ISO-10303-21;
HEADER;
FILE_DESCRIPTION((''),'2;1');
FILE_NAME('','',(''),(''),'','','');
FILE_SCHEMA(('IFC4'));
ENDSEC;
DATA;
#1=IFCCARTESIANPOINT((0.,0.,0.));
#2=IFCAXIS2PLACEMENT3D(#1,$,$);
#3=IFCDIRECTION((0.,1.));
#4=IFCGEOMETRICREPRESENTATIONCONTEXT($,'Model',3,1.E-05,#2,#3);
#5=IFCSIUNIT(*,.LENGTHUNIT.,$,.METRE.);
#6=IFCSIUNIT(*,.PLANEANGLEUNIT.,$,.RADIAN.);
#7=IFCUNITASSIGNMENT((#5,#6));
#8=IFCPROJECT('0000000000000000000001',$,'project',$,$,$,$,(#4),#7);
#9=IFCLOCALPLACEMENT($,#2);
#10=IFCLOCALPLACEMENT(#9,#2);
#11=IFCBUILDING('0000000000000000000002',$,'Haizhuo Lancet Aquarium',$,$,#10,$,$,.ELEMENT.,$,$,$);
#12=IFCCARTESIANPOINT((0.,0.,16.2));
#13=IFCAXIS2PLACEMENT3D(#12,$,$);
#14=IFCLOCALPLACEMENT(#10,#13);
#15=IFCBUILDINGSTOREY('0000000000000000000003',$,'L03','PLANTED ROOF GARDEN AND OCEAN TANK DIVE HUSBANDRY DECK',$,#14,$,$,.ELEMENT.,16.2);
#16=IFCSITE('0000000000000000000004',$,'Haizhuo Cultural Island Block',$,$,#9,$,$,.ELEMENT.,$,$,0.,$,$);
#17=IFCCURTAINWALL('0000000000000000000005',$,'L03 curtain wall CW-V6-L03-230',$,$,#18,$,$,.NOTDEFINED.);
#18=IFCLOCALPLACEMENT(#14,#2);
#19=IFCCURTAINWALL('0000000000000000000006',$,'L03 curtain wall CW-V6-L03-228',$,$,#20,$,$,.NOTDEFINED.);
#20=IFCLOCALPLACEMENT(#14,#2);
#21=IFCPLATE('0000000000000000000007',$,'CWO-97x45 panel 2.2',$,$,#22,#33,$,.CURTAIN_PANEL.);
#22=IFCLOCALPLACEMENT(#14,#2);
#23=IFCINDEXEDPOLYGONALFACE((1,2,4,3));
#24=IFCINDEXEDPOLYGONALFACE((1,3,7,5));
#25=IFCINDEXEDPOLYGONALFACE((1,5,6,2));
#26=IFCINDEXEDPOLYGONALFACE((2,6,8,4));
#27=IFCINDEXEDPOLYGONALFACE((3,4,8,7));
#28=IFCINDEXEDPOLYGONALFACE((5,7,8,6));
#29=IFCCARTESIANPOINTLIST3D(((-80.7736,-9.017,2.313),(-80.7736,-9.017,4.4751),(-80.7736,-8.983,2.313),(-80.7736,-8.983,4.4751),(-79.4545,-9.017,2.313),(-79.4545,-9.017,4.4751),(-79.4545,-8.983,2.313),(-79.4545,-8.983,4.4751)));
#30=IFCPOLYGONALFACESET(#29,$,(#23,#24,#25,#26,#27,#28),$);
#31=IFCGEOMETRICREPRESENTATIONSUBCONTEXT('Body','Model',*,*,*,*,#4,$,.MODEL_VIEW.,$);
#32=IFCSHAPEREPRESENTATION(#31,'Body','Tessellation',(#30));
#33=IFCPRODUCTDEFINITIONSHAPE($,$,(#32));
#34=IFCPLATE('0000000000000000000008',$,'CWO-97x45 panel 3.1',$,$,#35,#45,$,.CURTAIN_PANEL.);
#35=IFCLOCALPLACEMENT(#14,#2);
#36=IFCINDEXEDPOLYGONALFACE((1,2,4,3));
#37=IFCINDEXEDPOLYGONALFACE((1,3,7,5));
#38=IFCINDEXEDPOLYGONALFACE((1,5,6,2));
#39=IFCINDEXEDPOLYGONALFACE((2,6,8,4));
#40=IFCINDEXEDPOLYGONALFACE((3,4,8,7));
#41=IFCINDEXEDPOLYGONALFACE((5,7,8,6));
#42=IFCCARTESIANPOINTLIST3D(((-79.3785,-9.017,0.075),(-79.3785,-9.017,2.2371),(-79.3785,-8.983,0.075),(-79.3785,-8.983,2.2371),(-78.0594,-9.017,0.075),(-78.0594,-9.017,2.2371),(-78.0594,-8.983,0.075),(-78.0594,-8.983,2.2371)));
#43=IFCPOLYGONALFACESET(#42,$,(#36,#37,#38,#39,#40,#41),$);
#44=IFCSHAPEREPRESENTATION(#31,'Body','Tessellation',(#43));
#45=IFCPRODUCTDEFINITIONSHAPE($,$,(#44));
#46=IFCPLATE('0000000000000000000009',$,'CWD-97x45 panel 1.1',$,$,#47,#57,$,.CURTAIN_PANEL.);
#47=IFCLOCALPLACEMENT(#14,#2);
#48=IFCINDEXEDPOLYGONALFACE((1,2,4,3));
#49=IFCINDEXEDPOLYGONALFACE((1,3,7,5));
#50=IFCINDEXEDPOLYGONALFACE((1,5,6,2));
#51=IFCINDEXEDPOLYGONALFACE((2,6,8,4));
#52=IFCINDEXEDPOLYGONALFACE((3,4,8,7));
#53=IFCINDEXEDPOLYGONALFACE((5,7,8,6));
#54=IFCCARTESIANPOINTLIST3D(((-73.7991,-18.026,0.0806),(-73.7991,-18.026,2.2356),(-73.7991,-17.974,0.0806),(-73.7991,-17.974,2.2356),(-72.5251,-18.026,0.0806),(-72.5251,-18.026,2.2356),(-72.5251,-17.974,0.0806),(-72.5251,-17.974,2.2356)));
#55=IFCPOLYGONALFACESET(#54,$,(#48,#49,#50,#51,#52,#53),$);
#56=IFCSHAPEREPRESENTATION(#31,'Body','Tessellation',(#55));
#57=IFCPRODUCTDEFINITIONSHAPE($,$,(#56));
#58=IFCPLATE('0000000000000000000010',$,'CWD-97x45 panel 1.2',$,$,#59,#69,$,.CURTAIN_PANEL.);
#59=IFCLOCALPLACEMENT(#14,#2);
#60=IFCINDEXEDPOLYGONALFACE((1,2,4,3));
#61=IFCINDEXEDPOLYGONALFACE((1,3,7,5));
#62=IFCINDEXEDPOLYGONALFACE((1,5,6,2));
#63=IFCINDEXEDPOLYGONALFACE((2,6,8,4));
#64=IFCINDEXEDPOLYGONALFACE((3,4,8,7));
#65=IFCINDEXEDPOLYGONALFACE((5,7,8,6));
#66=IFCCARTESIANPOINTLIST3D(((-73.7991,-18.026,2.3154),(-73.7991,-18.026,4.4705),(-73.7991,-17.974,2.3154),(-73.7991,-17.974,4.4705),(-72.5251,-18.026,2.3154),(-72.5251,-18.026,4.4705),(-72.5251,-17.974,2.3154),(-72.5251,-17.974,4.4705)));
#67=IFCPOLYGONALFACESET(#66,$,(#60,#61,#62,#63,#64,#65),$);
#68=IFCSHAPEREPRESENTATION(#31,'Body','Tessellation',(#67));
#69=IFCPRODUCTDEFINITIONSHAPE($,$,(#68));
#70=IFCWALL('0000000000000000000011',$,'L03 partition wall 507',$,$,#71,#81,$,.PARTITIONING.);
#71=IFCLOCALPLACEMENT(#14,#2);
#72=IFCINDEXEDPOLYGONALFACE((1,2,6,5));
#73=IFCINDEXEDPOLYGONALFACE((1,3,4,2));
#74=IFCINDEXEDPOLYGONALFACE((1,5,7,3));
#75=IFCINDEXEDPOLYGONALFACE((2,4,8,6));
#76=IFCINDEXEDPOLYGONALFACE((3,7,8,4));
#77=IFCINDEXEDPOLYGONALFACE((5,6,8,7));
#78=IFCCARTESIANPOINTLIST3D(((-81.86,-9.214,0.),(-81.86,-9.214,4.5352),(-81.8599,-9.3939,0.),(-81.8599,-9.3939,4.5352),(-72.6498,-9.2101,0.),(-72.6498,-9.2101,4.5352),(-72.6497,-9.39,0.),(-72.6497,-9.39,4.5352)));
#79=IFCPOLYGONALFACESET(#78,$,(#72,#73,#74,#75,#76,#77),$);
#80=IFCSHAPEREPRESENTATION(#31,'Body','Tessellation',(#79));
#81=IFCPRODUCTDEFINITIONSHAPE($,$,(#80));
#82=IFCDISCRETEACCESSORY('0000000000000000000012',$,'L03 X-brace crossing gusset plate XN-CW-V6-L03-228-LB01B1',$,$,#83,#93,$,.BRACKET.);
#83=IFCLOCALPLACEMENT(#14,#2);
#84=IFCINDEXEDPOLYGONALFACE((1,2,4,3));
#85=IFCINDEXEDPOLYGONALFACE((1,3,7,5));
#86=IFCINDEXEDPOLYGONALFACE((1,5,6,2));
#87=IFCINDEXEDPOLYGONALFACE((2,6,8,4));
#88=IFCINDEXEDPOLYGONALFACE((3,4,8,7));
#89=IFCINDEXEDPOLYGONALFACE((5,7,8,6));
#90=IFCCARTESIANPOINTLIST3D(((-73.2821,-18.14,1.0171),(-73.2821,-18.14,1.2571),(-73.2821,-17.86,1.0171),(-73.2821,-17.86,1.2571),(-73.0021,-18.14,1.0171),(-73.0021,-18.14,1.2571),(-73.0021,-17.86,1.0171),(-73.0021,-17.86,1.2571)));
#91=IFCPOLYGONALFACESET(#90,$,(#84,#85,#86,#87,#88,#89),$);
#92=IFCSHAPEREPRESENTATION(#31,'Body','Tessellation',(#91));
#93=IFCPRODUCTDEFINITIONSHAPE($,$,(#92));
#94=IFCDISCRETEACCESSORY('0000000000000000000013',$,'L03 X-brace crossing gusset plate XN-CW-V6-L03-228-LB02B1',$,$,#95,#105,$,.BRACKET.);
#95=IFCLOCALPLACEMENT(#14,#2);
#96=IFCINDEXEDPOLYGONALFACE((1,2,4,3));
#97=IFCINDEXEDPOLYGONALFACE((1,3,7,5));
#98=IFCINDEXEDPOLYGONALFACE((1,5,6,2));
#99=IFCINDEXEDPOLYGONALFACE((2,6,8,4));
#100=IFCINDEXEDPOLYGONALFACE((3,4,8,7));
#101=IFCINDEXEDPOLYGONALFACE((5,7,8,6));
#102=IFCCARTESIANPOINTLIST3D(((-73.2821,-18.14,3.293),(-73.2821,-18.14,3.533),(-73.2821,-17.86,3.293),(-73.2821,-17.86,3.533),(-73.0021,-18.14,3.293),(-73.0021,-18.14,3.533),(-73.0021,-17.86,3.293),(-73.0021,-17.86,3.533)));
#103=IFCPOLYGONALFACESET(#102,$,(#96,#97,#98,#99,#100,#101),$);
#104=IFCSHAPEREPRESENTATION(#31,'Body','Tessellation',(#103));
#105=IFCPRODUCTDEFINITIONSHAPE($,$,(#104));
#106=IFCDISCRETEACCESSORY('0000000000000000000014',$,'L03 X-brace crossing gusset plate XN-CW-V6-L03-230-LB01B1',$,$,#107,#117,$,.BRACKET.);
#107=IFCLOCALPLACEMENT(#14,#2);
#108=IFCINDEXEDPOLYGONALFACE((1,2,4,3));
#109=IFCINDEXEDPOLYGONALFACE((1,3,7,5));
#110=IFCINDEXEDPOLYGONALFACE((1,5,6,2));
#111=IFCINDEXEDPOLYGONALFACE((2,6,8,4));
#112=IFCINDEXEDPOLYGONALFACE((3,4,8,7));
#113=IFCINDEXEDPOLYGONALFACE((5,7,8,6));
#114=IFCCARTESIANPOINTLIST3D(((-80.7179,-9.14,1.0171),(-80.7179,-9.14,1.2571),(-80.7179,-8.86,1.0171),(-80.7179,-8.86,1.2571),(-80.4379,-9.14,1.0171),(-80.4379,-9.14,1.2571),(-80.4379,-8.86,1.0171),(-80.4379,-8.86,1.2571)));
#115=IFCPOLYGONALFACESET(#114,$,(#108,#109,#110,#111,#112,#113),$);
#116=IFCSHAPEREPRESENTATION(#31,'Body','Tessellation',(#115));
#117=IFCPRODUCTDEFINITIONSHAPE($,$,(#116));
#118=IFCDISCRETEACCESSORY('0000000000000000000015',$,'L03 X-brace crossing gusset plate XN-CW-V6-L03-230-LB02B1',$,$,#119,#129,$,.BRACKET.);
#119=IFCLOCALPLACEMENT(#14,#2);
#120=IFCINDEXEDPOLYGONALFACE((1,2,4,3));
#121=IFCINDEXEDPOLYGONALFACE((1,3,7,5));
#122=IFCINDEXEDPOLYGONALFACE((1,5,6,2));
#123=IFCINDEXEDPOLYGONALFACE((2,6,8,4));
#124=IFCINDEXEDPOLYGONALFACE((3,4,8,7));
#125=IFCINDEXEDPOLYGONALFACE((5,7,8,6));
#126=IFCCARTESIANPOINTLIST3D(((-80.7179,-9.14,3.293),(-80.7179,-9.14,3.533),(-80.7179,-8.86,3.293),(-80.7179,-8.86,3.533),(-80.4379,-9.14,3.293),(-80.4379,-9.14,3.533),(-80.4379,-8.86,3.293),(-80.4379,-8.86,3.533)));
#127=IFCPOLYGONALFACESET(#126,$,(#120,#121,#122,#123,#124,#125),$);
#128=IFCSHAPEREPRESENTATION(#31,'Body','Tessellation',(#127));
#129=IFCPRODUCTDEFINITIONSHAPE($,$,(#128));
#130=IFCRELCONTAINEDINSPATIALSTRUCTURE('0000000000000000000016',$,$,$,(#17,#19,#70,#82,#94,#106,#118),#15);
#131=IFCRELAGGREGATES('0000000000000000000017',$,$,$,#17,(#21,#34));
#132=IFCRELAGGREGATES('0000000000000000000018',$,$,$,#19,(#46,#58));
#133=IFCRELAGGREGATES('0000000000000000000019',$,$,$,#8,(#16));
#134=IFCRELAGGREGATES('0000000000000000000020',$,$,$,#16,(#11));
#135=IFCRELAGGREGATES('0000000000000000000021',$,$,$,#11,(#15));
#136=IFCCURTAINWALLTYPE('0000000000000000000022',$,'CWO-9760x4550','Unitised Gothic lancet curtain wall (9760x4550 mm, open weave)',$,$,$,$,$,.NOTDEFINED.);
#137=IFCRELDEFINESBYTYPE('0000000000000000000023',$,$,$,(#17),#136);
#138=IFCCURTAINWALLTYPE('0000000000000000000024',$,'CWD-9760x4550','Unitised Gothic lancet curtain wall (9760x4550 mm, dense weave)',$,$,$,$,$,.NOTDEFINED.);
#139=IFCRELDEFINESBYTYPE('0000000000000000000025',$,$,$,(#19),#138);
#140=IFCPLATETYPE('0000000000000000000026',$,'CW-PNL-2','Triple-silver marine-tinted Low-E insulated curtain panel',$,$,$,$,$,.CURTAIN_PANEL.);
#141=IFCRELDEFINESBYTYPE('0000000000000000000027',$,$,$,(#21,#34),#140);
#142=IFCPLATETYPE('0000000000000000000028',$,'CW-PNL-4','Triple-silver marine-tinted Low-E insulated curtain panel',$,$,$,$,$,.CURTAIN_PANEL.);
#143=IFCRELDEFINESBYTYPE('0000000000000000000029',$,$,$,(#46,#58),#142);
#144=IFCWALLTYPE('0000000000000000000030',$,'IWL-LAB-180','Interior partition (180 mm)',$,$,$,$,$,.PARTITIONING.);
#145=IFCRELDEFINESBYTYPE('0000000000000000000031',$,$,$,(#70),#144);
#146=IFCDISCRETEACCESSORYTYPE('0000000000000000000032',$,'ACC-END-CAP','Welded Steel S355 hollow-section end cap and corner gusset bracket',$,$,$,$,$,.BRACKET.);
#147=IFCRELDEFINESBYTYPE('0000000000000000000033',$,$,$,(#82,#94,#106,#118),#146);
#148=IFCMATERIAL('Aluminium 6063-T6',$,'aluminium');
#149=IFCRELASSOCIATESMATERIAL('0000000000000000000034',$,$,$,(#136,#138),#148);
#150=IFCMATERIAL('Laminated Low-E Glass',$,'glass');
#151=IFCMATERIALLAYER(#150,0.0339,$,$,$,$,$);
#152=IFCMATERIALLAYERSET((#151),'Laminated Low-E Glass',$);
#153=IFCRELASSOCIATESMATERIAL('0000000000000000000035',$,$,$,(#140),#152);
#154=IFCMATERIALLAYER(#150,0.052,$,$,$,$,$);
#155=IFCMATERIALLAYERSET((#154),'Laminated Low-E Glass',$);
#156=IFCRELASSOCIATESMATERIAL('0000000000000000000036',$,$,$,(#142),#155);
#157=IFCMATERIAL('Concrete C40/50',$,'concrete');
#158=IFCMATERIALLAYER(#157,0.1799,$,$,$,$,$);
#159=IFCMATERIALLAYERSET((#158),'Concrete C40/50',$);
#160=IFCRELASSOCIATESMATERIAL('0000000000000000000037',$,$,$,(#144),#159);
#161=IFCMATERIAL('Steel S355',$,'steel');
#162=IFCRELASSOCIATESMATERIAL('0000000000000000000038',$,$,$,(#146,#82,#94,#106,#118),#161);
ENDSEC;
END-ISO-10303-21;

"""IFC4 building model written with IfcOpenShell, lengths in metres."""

from ifc_helpers import new_model, si_unit, direction, frame, frame_2d, origin, origin_2d, place, context, subcontext, project, spatial, rectangle, extrude, material, layer, layer_set, type_object, element, aggregate, save


model = new_model("IFC4")

# Units and contexts
model_context = context("Model", 3, precision=1e-05, world=origin(), true_north=direction((0.0, 1.0)))
body_context = subcontext(model_context, "Body", "Model", "MODEL_VIEW")
ifc_project = project(units=[si_unit("LENGTHUNIT", "METRE"), si_unit("PLANEANGLEUNIT", "RADIAN")], contexts=[model_context])

# Site, building, storey
site_placement = place(None, origin())
site = spatial("IfcSite", under=ifc_project, at=site_placement, Name="Haizhuo Cultural Island Block", CompositionType="ELEMENT", RefElevation=0.0)
building_placement = place(site_placement, origin())
building = spatial("IfcBuilding", under=site, at=building_placement, Name="Haizhuo Lancet Aquarium", CompositionType="ELEMENT")
storey_placement = place(building_placement, frame((0.0, 0.0, 16.2)))
storey = spatial("IfcBuildingStorey", under=building, at=storey_placement, Name="L03", Description="PLANTED ROOF GARDEN AND OCEAN TANK DIVE HUSBANDRY DECK", CompositionType="ELEMENT", Elevation=16.2)

# Curtain walls
ifc_material_1 = material(Name="Aluminium 6063-T6", Category="aluminium")
curtain_wall_type_1 = type_object("IfcCurtainWallType", Name="CWO-9760x4550", Description="Unitised Gothic lancet curtain wall (9760x4550 mm, open weave)", PredefinedType="NOTDEFINED", material=ifc_material_1)
curtain_wall_1_placement = place(storey_placement, origin())
curtain_wall_1 = element("IfcCurtainWall", 1, at=curtain_wall_1_placement, inside=storey, type_object=curtain_wall_type_1, Name="L03 curtain wall CW-V6-L03-230", PredefinedType="NOTDEFINED")
curtain_wall_type_2 = type_object("IfcCurtainWallType", Name="CWD-9760x4550", Description="Unitised Gothic lancet curtain wall (9760x4550 mm, dense weave)", PredefinedType="NOTDEFINED", material=ifc_material_1)
curtain_wall_2_placement = place(storey_placement, origin())
curtain_wall_2 = element("IfcCurtainWall", 2, at=curtain_wall_2_placement, inside=storey, type_object=curtain_wall_type_2, Name="L03 curtain wall CW-V6-L03-228", PredefinedType="NOTDEFINED")

# Shared definitions
ifc_material_2 = material(Name="Steel S355", Category="steel")

# Plates
ifc_material_3 = material(Name="Laminated Low-E Glass", Category="glass")
ifc_layer_1 = layer(ifc_material_3, 0.0339)
ifc_layer_set_1 = layer_set([ifc_layer_1], Name="Laminated Low-E Glass")
plate_type_1 = type_object("IfcPlateType", Name="CW-PNL-2", Description="Triple-silver marine-tinted Low-E insulated curtain panel", PredefinedType="CURTAIN_PANEL", material=ifc_layer_set_1)
plate_1_placement = place(storey_placement, frame((-80.114, -9.0, 2.313), z_axis=(0.0, 0.0, 1.0), x_axis=(1.0, 0.0, 0.0)))
plate_1 = element("IfcPlate", 3, at=plate_1_placement, type_object=plate_type_1, Name="CWO-97x45 panel 2.2", PredefinedType="CURTAIN_PANEL", context=body_context, shape_type="SweptSolid", body=[
    extrude(rectangle(XDim=1.3191, YDim=0.0339, at=origin_2d()), origin(), (0.0, 0.0, 1.0), 2.1621),
])
plate_2_placement = place(storey_placement, frame((-78.719, -9.0, 0.075), z_axis=(0.0, 0.0, 1.0), x_axis=(1.0, 0.0, 0.0)))
plate_2 = element("IfcPlate", 4, at=plate_2_placement, type_object=plate_type_1, Name="CWO-97x45 panel 3.1", PredefinedType="CURTAIN_PANEL", context=body_context, shape_type="SweptSolid", body=[
    extrude(rectangle(XDim=1.3191, YDim=0.0339, at=origin_2d()), origin(), (0.0, 0.0, 1.0), 2.1621),
])
aggregate(curtain_wall_1, [plate_1, plate_2])
ifc_layer_2 = layer(ifc_material_3, 0.052)
ifc_layer_set_2 = layer_set([ifc_layer_2], Name="Laminated Low-E Glass")
plate_type_2 = type_object("IfcPlateType", Name="CW-PNL-4", Description="Triple-silver marine-tinted Low-E insulated curtain panel", PredefinedType="CURTAIN_PANEL", material=ifc_layer_set_2)
plate_3_placement = place(storey_placement, frame((-73.1621, -18.0, 0.0806), z_axis=(0.0, 0.0, 1.0), x_axis=(-1.0, 0.0, 0.0)))
plate_3 = element("IfcPlate", 5, at=plate_3_placement, type_object=plate_type_2, Name="CWD-97x45 panel 1.1", PredefinedType="CURTAIN_PANEL", context=body_context, shape_type="SweptSolid", body=[
    extrude(rectangle(XDim=1.2739, YDim=0.052, at=origin_2d()), origin(), (0.0, 0.0, 1.0), 2.155),
])
plate_4_placement = place(storey_placement, frame((-73.1621, -18.0, 2.3154), z_axis=(0.0, 0.0, 1.0), x_axis=(-1.0, 0.0, 0.0)))
plate_4 = element("IfcPlate", 6, at=plate_4_placement, type_object=plate_type_2, Name="CWD-97x45 panel 1.2", PredefinedType="CURTAIN_PANEL", context=body_context, shape_type="SweptSolid", body=[
    extrude(rectangle(XDim=1.2739, YDim=0.052, at=origin_2d()), origin(), (0.0, 0.0, 1.0), 2.155),
])
aggregate(curtain_wall_2, [plate_3, plate_4])

# Wall
ifc_material_4 = material(Name="Concrete C40/50", Category="concrete")
ifc_layer_3 = layer(ifc_material_4, 0.1799)
ifc_layer_set_3 = layer_set([ifc_layer_3], Name="Concrete C40/50")
wall_type = type_object("IfcWallType", Name="IWL-LAB-180", Description="Interior partition (180 mm)", PredefinedType="PARTITIONING", material=ifc_layer_set_3)
wall_placement = place(storey_placement, frame((-72.6499, -9.3, 0.0), z_axis=(0.0, 0.0, 1.0), x_axis=(-1.0, -0.000424, 0.0)))
element("IfcWall", 7, at=wall_placement, inside=storey, type_object=wall_type, Name="L03 partition wall 507", PredefinedType="PARTITIONING", context=body_context, shape_type="SweptSolid", body=[
    extrude(rectangle(XDim=9.2102, YDim=0.1799, at=frame_2d((4.605, 0.0))), origin(), (0.0, 0.0, 1.0), 4.5352),
])

# Discrete accessories
discrete_accessory_type = type_object("IfcDiscreteAccessoryType", Name="ACC-END-CAP", Description="Welded Steel S355 hollow-section end cap and corner gusset bracket", PredefinedType="BRACKET", material=ifc_material_2)
for number, where, z_axis, x_axis, name in (
    (8, (-73.1421, -18.0, 1.0171), (0.0, 0.0, 1.0), (1.0, 0.0, 0.0), "L03 X-brace crossing gusset plate XN-CW-V6-L03-228-LB01B1"),
    (9, (-73.1421, -18.0, 3.293), (0.0, 0.0, 1.0), (1.0, 0.0, 0.0), "L03 X-brace crossing gusset plate XN-CW-V6-L03-228-LB02B1"),
    (10, (-80.5779, -9.0, 1.0171), (0.0, 0.0, 1.0), (1.0, 0.0, 0.0), "L03 X-brace crossing gusset plate XN-CW-V6-L03-230-LB01B1"),
    (11, (-80.5779, -9.0, 3.293), (0.0, 0.0, 1.0), (1.0, 0.0, 0.0), "L03 X-brace crossing gusset plate XN-CW-V6-L03-230-LB02B1"),
):
    element("IfcDiscreteAccessory", number, at=place(storey_placement, frame(where, z_axis=z_axis, x_axis=x_axis)), inside=storey, type_object=discrete_accessory_type, material=ifc_material_2, Name=name, PredefinedType="BRACKET", context=body_context, shape_type="SweptSolid", body=[
        extrude(rectangle(XDim=0.28, YDim=0.28, at=origin_2d()), origin(), (0.0, 0.0, 1.0), 0.24),
    ])

save(model, "model.ifc")
